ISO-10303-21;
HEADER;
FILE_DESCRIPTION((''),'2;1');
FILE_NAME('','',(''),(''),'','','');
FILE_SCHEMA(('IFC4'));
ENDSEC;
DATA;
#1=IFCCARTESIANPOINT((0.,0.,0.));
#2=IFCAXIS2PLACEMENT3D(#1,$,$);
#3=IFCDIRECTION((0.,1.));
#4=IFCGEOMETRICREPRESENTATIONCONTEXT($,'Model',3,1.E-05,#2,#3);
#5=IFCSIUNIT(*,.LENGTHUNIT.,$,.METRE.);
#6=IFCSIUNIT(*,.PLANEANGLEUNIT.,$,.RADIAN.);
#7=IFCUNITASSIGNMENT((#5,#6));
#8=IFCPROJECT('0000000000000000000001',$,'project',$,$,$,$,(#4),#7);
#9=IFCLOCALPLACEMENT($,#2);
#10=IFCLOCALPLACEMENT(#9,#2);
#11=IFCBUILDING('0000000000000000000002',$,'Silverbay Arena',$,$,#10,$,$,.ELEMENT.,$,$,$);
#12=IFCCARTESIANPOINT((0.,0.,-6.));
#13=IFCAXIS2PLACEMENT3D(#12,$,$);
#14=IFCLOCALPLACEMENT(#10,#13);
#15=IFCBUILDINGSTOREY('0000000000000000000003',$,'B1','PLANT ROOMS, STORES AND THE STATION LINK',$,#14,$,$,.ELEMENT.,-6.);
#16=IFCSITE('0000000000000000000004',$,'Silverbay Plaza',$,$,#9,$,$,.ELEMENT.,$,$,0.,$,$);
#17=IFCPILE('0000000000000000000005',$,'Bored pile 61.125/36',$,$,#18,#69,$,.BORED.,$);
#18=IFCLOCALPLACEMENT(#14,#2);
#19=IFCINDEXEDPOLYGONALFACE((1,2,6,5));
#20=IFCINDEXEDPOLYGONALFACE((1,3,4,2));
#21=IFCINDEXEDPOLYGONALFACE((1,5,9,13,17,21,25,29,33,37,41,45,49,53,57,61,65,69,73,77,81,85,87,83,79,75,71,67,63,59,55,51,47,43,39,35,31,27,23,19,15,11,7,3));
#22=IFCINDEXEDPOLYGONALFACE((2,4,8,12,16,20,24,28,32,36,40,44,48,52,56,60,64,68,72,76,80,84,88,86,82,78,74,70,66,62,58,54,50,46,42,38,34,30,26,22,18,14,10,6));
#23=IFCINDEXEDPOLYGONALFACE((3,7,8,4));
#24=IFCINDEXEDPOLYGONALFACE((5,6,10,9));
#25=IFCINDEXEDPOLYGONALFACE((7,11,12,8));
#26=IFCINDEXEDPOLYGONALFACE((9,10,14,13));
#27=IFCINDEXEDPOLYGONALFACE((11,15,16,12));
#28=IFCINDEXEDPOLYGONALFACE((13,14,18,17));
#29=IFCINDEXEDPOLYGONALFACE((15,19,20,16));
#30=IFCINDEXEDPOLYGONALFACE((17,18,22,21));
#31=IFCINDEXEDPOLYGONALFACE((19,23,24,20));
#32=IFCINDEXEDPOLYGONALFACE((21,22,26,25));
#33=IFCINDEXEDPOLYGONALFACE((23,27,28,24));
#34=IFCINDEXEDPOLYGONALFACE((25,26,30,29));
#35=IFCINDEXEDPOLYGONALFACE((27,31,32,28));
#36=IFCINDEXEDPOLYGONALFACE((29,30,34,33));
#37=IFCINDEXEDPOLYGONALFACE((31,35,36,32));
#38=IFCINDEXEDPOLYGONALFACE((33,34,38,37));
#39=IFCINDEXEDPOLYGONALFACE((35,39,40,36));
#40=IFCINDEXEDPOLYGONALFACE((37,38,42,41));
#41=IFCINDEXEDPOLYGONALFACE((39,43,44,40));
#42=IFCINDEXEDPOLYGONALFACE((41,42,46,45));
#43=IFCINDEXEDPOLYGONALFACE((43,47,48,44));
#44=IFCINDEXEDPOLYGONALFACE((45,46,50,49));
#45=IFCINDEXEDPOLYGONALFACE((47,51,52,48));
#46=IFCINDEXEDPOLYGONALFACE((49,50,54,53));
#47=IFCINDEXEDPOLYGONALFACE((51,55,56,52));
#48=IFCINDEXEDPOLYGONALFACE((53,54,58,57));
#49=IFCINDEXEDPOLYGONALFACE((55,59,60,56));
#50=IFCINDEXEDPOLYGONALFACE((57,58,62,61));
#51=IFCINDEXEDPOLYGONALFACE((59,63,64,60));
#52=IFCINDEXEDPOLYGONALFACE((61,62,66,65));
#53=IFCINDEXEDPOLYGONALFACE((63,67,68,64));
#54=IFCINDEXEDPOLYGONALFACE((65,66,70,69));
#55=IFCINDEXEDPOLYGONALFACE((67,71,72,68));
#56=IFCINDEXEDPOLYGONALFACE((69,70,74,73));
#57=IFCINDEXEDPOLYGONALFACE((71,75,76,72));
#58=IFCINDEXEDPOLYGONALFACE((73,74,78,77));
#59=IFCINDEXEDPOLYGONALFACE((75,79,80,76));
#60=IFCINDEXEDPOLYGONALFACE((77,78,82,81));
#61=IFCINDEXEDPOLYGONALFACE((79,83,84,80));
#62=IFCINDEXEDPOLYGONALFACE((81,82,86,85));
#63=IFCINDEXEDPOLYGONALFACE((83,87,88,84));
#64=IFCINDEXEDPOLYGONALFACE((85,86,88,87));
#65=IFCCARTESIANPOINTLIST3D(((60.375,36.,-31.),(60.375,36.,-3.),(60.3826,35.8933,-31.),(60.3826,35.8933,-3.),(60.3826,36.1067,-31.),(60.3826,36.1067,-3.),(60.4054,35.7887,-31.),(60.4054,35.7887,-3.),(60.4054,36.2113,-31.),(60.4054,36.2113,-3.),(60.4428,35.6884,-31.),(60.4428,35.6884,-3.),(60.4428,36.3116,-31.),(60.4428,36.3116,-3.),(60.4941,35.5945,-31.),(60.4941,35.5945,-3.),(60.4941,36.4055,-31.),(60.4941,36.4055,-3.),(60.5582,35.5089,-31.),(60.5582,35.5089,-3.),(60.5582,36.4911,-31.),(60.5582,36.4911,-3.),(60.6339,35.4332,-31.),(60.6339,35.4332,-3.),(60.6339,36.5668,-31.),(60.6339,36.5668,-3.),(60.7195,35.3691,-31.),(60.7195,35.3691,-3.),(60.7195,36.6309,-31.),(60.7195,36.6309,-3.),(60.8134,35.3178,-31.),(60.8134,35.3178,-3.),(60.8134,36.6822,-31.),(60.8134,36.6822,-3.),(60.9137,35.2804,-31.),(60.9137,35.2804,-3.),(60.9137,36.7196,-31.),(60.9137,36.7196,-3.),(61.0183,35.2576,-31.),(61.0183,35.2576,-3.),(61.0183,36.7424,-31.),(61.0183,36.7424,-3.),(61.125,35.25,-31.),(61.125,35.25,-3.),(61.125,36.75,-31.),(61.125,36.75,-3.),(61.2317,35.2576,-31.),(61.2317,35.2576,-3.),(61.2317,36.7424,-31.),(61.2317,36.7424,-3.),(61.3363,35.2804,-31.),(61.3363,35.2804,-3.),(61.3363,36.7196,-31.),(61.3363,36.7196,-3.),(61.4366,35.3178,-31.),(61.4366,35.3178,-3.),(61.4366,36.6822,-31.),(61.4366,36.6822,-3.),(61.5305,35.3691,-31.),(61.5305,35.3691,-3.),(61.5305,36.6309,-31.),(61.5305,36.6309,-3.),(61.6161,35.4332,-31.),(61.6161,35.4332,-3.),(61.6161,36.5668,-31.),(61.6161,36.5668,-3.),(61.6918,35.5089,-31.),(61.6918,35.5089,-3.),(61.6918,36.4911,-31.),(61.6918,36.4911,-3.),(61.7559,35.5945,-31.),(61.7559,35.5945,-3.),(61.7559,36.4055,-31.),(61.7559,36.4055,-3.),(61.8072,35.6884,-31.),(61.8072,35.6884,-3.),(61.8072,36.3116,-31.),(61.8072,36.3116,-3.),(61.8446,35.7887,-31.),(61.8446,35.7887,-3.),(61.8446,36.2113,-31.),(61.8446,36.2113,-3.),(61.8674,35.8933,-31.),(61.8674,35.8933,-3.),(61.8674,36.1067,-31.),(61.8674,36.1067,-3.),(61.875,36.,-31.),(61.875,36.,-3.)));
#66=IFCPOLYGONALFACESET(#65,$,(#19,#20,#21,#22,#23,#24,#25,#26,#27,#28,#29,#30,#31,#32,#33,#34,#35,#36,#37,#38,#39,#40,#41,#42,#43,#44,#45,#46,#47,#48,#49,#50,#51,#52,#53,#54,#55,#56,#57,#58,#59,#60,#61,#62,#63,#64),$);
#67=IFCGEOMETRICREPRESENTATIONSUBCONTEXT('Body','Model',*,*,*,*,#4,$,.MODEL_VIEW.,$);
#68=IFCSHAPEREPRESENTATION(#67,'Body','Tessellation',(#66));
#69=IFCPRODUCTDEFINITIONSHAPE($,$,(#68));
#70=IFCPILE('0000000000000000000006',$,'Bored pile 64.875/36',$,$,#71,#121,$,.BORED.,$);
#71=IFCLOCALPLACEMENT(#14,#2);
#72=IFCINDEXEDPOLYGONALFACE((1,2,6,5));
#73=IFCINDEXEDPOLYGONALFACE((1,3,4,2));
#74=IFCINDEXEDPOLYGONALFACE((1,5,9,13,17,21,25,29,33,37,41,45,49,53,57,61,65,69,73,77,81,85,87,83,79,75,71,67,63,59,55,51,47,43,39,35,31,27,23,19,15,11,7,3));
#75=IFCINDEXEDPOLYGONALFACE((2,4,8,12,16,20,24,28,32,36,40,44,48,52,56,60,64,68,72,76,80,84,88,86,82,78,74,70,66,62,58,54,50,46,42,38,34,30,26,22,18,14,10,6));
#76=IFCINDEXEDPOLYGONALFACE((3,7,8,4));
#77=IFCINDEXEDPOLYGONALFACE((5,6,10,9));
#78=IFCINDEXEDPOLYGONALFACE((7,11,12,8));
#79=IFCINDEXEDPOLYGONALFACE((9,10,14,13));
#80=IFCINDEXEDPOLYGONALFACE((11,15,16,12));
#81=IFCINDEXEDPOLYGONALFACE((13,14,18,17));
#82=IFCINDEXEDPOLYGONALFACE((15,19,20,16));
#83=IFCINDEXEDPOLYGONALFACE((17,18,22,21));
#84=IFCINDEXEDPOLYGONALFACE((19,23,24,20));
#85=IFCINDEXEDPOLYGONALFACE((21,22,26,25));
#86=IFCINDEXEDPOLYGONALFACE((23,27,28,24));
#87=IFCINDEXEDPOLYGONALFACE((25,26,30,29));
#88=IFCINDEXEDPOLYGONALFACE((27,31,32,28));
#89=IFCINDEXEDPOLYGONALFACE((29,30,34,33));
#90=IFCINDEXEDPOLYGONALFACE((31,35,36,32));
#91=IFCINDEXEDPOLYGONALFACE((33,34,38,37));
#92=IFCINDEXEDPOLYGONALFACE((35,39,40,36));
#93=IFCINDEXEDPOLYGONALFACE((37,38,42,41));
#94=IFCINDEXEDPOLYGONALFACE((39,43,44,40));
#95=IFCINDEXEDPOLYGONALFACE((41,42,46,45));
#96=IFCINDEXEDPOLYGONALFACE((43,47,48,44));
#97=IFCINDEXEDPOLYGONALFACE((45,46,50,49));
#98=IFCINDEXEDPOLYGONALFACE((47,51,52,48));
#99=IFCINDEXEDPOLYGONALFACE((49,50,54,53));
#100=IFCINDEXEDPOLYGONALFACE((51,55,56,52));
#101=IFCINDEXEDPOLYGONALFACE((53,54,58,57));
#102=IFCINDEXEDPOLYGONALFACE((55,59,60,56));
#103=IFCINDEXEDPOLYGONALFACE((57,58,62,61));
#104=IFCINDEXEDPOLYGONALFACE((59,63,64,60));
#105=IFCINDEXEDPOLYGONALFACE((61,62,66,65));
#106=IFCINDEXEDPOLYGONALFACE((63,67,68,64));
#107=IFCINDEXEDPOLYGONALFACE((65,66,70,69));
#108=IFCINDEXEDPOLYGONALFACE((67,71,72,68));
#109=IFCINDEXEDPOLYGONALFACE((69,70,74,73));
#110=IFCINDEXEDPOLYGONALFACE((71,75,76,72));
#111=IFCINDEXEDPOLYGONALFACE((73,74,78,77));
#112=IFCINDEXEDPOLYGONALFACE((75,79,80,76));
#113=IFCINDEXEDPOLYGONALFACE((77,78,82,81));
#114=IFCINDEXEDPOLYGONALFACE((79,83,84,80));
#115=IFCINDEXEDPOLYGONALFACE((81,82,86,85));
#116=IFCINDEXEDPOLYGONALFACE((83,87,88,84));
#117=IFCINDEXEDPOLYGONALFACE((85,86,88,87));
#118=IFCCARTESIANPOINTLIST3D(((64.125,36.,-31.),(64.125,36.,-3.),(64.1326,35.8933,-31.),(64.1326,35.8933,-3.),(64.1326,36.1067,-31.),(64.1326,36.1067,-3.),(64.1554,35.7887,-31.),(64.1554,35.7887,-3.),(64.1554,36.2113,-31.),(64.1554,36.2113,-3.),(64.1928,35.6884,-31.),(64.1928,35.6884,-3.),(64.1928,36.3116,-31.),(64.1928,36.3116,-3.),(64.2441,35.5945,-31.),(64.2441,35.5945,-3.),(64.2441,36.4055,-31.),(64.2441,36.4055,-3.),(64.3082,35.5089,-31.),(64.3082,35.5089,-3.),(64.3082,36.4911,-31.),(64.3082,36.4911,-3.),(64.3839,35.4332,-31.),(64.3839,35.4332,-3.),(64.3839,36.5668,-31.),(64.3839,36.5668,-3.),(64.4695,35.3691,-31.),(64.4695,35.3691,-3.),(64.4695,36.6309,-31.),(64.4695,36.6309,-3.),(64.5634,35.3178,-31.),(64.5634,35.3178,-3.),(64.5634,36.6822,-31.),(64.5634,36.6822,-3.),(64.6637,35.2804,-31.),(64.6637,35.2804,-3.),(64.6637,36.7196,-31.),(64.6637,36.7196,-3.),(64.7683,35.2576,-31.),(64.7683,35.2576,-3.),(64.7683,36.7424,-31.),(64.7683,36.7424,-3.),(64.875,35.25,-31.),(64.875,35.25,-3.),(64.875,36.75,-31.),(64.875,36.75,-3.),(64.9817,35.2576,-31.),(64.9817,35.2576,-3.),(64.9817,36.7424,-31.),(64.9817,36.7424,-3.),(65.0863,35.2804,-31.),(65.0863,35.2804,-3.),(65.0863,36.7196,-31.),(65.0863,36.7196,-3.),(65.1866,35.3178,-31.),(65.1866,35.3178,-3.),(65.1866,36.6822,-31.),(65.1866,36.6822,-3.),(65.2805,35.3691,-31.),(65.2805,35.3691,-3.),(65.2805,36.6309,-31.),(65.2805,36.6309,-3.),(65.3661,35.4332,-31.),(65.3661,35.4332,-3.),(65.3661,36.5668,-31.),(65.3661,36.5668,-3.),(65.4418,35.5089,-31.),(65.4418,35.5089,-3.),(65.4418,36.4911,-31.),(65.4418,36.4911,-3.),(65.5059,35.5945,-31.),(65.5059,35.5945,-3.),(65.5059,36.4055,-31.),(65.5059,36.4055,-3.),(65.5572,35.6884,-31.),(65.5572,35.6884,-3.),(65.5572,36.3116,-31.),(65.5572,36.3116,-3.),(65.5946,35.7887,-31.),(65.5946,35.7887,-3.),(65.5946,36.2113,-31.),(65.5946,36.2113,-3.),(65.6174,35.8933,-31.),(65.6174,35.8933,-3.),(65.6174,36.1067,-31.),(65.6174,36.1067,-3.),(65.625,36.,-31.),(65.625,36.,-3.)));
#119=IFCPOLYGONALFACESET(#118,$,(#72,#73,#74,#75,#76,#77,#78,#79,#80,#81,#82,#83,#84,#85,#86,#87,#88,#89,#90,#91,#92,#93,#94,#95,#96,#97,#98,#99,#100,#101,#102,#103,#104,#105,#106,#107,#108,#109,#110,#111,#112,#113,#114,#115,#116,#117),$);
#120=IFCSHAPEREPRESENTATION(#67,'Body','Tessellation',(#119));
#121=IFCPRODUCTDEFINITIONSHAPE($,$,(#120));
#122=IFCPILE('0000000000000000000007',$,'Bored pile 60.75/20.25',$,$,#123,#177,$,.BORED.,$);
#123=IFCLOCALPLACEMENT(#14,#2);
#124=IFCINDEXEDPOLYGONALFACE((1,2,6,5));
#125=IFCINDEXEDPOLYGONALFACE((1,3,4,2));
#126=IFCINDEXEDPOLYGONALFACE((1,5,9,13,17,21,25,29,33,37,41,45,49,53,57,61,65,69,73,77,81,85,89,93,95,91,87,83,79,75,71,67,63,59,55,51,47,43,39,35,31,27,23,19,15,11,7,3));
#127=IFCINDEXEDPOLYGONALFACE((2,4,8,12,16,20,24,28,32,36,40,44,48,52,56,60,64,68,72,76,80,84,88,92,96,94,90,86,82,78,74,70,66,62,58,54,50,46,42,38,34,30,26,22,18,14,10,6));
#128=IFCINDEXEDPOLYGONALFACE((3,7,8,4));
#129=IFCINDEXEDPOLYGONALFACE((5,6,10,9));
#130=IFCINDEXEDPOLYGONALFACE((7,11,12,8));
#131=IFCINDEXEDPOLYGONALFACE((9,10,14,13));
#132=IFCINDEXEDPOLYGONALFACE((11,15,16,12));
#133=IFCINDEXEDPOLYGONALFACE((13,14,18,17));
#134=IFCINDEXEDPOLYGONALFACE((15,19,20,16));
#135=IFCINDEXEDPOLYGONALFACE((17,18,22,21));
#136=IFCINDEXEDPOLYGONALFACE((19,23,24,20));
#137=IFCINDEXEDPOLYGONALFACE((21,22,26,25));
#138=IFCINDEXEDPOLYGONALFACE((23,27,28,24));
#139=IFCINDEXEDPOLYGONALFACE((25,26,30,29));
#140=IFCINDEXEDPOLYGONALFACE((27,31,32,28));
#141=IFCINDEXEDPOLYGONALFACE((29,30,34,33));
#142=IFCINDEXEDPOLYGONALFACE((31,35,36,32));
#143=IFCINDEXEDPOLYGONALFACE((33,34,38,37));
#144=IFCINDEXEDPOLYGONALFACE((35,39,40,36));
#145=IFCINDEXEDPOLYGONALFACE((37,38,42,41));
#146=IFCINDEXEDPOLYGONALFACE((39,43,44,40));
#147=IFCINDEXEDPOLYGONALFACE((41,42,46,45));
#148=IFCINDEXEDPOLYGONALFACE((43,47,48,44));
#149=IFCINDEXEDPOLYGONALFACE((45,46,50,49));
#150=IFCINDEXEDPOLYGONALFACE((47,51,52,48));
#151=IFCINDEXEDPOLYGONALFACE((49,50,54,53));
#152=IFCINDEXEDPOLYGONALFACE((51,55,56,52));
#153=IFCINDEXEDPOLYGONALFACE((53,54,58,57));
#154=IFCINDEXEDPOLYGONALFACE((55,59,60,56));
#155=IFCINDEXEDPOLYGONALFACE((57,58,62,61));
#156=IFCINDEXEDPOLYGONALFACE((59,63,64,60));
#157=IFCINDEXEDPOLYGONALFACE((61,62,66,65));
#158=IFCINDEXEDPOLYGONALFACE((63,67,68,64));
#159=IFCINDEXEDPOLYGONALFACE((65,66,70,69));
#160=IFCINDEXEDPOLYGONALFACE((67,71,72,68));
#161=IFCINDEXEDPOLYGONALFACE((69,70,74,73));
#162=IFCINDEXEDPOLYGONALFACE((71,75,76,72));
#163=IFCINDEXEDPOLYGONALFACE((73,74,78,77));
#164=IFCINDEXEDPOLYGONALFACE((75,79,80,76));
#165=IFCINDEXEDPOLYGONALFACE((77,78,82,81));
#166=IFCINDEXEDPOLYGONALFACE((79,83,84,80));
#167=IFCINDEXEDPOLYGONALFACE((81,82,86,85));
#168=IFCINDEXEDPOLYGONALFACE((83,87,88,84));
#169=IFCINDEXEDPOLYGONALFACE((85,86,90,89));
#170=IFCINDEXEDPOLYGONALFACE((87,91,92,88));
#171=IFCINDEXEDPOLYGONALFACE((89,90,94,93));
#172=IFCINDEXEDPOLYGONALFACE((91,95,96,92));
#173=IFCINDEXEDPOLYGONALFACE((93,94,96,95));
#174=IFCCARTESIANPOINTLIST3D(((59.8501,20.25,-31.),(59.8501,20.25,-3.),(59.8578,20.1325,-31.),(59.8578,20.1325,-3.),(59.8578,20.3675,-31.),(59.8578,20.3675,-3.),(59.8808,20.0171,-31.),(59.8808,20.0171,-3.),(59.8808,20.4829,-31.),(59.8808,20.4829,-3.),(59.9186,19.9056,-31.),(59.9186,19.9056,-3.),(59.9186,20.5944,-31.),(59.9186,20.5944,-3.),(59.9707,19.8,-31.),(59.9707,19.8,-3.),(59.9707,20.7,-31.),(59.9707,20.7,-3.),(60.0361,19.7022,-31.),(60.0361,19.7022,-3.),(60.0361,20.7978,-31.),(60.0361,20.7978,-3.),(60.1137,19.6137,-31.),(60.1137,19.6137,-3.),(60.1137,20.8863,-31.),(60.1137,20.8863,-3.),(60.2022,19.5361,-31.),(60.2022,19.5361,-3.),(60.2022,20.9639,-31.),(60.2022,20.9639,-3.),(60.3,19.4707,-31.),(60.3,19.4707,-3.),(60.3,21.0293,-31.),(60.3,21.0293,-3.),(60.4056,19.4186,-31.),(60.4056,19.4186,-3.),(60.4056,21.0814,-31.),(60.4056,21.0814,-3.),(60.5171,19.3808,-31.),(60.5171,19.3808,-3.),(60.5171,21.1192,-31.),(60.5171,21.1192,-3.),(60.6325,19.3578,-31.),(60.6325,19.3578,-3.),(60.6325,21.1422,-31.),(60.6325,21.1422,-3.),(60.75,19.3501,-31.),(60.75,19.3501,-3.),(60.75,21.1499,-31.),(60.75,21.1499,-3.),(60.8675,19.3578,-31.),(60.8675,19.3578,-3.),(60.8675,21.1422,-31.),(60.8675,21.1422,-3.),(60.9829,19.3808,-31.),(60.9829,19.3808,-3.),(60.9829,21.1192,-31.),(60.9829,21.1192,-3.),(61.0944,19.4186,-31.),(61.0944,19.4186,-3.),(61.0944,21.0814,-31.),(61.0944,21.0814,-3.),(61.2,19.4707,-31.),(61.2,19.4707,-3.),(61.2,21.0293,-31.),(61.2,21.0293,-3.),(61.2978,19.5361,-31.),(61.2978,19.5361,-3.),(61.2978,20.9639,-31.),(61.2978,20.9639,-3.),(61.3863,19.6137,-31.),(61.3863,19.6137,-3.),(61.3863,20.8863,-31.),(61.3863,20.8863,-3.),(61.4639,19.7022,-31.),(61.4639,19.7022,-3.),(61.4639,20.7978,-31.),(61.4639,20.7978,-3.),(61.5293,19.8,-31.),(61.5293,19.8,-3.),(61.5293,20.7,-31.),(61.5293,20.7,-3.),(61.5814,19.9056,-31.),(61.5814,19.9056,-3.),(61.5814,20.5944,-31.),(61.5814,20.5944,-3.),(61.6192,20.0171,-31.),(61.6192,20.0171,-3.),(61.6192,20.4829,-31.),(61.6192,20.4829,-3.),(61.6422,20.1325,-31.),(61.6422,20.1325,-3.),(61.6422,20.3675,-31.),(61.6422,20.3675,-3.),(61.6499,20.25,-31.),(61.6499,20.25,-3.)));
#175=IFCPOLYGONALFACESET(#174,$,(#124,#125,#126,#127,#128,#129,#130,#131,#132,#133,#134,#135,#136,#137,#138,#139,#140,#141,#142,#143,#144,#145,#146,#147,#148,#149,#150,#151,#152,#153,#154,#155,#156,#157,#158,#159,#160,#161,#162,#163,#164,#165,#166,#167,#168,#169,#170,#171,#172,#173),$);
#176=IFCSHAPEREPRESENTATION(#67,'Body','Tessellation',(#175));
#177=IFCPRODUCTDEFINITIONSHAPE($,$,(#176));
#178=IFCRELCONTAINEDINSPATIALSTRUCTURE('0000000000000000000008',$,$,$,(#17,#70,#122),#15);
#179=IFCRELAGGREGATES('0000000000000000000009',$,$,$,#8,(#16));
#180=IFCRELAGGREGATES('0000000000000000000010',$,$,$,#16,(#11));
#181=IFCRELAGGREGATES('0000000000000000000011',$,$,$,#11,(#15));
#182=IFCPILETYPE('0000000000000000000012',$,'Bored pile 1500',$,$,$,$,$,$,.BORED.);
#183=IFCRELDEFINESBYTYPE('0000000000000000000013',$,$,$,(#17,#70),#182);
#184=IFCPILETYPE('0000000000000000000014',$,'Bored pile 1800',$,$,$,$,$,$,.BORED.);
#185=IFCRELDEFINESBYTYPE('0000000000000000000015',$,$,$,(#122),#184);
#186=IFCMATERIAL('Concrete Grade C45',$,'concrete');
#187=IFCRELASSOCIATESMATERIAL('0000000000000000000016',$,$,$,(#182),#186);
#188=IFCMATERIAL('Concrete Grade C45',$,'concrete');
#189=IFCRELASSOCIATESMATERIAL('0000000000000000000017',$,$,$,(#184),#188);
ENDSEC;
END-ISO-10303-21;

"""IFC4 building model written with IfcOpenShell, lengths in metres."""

from ifc_helpers import new_model, si_unit, direction, frame, origin, origin_2d, place, context, subcontext, project, spatial, circle, extrude, material, material_profile, profile_set, type_object, element, save


model = new_model("IFC4")

# Units and contexts
model_context = context("Model", 3, precision=1e-05, world=origin(), true_north=direction((0.0, 1.0)))
body_context = subcontext(model_context, "Body", "Model", "MODEL_VIEW")
ifc_project = project(units=[si_unit("LENGTHUNIT", "METRE"), si_unit("PLANEANGLEUNIT", "RADIAN")], contexts=[model_context])

# Site, building, storey
site_placement = place(None, origin())
site = spatial("IfcSite", under=ifc_project, at=site_placement, Name="Silverbay Plaza", CompositionType="ELEMENT", RefElevation=0.0)
building_placement = place(site_placement, origin())
building = spatial("IfcBuilding", under=site, at=building_placement, Name="Silverbay Arena", CompositionType="ELEMENT")
storey_placement = place(building_placement, frame((0.0, 0.0, -6.0)))
storey = spatial("IfcBuildingStorey", under=building, at=storey_placement, Name="B1", Description="PLANT ROOMS, STORES AND THE STATION LINK", CompositionType="ELEMENT", Elevation=-6.0)

# Piles
ifc_material_1 = material(Name="Concrete Grade C45", Category="concrete")
ifc_material_profile_1 = material_profile(ifc_material_1, circle(Radius=0.75, at=origin_2d()), Name="Bored pile 1500")
ifc_profile_set_1 = profile_set([ifc_material_profile_1], Name="Concrete Grade C45")
pile_type_1 = type_object("IfcPileType", Name="Bored pile 1500", PredefinedType="BORED", material=ifc_profile_set_1)
for number, where, z_axis, x_axis, name in (
    (1, (61.125, 36.0, -3.0), (0.0, 0.0, -1.0), (1.0, 0.0, 0.0), "Bored pile 61.125/36"),
    (2, (64.875, 36.0, -3.0), (0.0, 0.0, -1.0), (1.0, 0.0, 0.0), "Bored pile 64.875/36"),
):
    element("IfcPile", number, at=place(storey_placement, frame(where, z_axis=z_axis, x_axis=x_axis)), inside=storey, type_object=pile_type_1, Name=name, PredefinedType="BORED", context=body_context, shape_type="SweptSolid", body=[
        extrude(circle(Radius=0.75, at=origin_2d()), origin(), (0.0, 0.0, 1.0), 28.0),
    ])
ifc_material_2 = material(Name="Concrete Grade C45", Category="concrete")
ifc_material_profile_2 = material_profile(ifc_material_2, circle(Radius=0.8999, at=origin_2d()), Name="Bored pile 1800")
ifc_profile_set_2 = profile_set([ifc_material_profile_2], Name="Concrete Grade C45")
pile_type_2 = type_object("IfcPileType", Name="Bored pile 1800", PredefinedType="BORED", material=ifc_profile_set_2)
for number, where, z_axis, x_axis, name in (
    (3, (60.75, 20.25, -3.0), (0.0, 0.0, -1.0), (1.0, 0.0, 0.0), "Bored pile 60.75/20.25"),
):
    element("IfcPile", number, at=place(storey_placement, frame(where, z_axis=z_axis, x_axis=x_axis)), inside=storey, type_object=pile_type_2, Name=name, PredefinedType="BORED", context=body_context, shape_type="SweptSolid", body=[
        extrude(circle(Radius=0.8999, at=origin_2d()), origin(), (0.0, 0.0, 1.0), 28.0),
    ])

save(model, "model.ifc")
